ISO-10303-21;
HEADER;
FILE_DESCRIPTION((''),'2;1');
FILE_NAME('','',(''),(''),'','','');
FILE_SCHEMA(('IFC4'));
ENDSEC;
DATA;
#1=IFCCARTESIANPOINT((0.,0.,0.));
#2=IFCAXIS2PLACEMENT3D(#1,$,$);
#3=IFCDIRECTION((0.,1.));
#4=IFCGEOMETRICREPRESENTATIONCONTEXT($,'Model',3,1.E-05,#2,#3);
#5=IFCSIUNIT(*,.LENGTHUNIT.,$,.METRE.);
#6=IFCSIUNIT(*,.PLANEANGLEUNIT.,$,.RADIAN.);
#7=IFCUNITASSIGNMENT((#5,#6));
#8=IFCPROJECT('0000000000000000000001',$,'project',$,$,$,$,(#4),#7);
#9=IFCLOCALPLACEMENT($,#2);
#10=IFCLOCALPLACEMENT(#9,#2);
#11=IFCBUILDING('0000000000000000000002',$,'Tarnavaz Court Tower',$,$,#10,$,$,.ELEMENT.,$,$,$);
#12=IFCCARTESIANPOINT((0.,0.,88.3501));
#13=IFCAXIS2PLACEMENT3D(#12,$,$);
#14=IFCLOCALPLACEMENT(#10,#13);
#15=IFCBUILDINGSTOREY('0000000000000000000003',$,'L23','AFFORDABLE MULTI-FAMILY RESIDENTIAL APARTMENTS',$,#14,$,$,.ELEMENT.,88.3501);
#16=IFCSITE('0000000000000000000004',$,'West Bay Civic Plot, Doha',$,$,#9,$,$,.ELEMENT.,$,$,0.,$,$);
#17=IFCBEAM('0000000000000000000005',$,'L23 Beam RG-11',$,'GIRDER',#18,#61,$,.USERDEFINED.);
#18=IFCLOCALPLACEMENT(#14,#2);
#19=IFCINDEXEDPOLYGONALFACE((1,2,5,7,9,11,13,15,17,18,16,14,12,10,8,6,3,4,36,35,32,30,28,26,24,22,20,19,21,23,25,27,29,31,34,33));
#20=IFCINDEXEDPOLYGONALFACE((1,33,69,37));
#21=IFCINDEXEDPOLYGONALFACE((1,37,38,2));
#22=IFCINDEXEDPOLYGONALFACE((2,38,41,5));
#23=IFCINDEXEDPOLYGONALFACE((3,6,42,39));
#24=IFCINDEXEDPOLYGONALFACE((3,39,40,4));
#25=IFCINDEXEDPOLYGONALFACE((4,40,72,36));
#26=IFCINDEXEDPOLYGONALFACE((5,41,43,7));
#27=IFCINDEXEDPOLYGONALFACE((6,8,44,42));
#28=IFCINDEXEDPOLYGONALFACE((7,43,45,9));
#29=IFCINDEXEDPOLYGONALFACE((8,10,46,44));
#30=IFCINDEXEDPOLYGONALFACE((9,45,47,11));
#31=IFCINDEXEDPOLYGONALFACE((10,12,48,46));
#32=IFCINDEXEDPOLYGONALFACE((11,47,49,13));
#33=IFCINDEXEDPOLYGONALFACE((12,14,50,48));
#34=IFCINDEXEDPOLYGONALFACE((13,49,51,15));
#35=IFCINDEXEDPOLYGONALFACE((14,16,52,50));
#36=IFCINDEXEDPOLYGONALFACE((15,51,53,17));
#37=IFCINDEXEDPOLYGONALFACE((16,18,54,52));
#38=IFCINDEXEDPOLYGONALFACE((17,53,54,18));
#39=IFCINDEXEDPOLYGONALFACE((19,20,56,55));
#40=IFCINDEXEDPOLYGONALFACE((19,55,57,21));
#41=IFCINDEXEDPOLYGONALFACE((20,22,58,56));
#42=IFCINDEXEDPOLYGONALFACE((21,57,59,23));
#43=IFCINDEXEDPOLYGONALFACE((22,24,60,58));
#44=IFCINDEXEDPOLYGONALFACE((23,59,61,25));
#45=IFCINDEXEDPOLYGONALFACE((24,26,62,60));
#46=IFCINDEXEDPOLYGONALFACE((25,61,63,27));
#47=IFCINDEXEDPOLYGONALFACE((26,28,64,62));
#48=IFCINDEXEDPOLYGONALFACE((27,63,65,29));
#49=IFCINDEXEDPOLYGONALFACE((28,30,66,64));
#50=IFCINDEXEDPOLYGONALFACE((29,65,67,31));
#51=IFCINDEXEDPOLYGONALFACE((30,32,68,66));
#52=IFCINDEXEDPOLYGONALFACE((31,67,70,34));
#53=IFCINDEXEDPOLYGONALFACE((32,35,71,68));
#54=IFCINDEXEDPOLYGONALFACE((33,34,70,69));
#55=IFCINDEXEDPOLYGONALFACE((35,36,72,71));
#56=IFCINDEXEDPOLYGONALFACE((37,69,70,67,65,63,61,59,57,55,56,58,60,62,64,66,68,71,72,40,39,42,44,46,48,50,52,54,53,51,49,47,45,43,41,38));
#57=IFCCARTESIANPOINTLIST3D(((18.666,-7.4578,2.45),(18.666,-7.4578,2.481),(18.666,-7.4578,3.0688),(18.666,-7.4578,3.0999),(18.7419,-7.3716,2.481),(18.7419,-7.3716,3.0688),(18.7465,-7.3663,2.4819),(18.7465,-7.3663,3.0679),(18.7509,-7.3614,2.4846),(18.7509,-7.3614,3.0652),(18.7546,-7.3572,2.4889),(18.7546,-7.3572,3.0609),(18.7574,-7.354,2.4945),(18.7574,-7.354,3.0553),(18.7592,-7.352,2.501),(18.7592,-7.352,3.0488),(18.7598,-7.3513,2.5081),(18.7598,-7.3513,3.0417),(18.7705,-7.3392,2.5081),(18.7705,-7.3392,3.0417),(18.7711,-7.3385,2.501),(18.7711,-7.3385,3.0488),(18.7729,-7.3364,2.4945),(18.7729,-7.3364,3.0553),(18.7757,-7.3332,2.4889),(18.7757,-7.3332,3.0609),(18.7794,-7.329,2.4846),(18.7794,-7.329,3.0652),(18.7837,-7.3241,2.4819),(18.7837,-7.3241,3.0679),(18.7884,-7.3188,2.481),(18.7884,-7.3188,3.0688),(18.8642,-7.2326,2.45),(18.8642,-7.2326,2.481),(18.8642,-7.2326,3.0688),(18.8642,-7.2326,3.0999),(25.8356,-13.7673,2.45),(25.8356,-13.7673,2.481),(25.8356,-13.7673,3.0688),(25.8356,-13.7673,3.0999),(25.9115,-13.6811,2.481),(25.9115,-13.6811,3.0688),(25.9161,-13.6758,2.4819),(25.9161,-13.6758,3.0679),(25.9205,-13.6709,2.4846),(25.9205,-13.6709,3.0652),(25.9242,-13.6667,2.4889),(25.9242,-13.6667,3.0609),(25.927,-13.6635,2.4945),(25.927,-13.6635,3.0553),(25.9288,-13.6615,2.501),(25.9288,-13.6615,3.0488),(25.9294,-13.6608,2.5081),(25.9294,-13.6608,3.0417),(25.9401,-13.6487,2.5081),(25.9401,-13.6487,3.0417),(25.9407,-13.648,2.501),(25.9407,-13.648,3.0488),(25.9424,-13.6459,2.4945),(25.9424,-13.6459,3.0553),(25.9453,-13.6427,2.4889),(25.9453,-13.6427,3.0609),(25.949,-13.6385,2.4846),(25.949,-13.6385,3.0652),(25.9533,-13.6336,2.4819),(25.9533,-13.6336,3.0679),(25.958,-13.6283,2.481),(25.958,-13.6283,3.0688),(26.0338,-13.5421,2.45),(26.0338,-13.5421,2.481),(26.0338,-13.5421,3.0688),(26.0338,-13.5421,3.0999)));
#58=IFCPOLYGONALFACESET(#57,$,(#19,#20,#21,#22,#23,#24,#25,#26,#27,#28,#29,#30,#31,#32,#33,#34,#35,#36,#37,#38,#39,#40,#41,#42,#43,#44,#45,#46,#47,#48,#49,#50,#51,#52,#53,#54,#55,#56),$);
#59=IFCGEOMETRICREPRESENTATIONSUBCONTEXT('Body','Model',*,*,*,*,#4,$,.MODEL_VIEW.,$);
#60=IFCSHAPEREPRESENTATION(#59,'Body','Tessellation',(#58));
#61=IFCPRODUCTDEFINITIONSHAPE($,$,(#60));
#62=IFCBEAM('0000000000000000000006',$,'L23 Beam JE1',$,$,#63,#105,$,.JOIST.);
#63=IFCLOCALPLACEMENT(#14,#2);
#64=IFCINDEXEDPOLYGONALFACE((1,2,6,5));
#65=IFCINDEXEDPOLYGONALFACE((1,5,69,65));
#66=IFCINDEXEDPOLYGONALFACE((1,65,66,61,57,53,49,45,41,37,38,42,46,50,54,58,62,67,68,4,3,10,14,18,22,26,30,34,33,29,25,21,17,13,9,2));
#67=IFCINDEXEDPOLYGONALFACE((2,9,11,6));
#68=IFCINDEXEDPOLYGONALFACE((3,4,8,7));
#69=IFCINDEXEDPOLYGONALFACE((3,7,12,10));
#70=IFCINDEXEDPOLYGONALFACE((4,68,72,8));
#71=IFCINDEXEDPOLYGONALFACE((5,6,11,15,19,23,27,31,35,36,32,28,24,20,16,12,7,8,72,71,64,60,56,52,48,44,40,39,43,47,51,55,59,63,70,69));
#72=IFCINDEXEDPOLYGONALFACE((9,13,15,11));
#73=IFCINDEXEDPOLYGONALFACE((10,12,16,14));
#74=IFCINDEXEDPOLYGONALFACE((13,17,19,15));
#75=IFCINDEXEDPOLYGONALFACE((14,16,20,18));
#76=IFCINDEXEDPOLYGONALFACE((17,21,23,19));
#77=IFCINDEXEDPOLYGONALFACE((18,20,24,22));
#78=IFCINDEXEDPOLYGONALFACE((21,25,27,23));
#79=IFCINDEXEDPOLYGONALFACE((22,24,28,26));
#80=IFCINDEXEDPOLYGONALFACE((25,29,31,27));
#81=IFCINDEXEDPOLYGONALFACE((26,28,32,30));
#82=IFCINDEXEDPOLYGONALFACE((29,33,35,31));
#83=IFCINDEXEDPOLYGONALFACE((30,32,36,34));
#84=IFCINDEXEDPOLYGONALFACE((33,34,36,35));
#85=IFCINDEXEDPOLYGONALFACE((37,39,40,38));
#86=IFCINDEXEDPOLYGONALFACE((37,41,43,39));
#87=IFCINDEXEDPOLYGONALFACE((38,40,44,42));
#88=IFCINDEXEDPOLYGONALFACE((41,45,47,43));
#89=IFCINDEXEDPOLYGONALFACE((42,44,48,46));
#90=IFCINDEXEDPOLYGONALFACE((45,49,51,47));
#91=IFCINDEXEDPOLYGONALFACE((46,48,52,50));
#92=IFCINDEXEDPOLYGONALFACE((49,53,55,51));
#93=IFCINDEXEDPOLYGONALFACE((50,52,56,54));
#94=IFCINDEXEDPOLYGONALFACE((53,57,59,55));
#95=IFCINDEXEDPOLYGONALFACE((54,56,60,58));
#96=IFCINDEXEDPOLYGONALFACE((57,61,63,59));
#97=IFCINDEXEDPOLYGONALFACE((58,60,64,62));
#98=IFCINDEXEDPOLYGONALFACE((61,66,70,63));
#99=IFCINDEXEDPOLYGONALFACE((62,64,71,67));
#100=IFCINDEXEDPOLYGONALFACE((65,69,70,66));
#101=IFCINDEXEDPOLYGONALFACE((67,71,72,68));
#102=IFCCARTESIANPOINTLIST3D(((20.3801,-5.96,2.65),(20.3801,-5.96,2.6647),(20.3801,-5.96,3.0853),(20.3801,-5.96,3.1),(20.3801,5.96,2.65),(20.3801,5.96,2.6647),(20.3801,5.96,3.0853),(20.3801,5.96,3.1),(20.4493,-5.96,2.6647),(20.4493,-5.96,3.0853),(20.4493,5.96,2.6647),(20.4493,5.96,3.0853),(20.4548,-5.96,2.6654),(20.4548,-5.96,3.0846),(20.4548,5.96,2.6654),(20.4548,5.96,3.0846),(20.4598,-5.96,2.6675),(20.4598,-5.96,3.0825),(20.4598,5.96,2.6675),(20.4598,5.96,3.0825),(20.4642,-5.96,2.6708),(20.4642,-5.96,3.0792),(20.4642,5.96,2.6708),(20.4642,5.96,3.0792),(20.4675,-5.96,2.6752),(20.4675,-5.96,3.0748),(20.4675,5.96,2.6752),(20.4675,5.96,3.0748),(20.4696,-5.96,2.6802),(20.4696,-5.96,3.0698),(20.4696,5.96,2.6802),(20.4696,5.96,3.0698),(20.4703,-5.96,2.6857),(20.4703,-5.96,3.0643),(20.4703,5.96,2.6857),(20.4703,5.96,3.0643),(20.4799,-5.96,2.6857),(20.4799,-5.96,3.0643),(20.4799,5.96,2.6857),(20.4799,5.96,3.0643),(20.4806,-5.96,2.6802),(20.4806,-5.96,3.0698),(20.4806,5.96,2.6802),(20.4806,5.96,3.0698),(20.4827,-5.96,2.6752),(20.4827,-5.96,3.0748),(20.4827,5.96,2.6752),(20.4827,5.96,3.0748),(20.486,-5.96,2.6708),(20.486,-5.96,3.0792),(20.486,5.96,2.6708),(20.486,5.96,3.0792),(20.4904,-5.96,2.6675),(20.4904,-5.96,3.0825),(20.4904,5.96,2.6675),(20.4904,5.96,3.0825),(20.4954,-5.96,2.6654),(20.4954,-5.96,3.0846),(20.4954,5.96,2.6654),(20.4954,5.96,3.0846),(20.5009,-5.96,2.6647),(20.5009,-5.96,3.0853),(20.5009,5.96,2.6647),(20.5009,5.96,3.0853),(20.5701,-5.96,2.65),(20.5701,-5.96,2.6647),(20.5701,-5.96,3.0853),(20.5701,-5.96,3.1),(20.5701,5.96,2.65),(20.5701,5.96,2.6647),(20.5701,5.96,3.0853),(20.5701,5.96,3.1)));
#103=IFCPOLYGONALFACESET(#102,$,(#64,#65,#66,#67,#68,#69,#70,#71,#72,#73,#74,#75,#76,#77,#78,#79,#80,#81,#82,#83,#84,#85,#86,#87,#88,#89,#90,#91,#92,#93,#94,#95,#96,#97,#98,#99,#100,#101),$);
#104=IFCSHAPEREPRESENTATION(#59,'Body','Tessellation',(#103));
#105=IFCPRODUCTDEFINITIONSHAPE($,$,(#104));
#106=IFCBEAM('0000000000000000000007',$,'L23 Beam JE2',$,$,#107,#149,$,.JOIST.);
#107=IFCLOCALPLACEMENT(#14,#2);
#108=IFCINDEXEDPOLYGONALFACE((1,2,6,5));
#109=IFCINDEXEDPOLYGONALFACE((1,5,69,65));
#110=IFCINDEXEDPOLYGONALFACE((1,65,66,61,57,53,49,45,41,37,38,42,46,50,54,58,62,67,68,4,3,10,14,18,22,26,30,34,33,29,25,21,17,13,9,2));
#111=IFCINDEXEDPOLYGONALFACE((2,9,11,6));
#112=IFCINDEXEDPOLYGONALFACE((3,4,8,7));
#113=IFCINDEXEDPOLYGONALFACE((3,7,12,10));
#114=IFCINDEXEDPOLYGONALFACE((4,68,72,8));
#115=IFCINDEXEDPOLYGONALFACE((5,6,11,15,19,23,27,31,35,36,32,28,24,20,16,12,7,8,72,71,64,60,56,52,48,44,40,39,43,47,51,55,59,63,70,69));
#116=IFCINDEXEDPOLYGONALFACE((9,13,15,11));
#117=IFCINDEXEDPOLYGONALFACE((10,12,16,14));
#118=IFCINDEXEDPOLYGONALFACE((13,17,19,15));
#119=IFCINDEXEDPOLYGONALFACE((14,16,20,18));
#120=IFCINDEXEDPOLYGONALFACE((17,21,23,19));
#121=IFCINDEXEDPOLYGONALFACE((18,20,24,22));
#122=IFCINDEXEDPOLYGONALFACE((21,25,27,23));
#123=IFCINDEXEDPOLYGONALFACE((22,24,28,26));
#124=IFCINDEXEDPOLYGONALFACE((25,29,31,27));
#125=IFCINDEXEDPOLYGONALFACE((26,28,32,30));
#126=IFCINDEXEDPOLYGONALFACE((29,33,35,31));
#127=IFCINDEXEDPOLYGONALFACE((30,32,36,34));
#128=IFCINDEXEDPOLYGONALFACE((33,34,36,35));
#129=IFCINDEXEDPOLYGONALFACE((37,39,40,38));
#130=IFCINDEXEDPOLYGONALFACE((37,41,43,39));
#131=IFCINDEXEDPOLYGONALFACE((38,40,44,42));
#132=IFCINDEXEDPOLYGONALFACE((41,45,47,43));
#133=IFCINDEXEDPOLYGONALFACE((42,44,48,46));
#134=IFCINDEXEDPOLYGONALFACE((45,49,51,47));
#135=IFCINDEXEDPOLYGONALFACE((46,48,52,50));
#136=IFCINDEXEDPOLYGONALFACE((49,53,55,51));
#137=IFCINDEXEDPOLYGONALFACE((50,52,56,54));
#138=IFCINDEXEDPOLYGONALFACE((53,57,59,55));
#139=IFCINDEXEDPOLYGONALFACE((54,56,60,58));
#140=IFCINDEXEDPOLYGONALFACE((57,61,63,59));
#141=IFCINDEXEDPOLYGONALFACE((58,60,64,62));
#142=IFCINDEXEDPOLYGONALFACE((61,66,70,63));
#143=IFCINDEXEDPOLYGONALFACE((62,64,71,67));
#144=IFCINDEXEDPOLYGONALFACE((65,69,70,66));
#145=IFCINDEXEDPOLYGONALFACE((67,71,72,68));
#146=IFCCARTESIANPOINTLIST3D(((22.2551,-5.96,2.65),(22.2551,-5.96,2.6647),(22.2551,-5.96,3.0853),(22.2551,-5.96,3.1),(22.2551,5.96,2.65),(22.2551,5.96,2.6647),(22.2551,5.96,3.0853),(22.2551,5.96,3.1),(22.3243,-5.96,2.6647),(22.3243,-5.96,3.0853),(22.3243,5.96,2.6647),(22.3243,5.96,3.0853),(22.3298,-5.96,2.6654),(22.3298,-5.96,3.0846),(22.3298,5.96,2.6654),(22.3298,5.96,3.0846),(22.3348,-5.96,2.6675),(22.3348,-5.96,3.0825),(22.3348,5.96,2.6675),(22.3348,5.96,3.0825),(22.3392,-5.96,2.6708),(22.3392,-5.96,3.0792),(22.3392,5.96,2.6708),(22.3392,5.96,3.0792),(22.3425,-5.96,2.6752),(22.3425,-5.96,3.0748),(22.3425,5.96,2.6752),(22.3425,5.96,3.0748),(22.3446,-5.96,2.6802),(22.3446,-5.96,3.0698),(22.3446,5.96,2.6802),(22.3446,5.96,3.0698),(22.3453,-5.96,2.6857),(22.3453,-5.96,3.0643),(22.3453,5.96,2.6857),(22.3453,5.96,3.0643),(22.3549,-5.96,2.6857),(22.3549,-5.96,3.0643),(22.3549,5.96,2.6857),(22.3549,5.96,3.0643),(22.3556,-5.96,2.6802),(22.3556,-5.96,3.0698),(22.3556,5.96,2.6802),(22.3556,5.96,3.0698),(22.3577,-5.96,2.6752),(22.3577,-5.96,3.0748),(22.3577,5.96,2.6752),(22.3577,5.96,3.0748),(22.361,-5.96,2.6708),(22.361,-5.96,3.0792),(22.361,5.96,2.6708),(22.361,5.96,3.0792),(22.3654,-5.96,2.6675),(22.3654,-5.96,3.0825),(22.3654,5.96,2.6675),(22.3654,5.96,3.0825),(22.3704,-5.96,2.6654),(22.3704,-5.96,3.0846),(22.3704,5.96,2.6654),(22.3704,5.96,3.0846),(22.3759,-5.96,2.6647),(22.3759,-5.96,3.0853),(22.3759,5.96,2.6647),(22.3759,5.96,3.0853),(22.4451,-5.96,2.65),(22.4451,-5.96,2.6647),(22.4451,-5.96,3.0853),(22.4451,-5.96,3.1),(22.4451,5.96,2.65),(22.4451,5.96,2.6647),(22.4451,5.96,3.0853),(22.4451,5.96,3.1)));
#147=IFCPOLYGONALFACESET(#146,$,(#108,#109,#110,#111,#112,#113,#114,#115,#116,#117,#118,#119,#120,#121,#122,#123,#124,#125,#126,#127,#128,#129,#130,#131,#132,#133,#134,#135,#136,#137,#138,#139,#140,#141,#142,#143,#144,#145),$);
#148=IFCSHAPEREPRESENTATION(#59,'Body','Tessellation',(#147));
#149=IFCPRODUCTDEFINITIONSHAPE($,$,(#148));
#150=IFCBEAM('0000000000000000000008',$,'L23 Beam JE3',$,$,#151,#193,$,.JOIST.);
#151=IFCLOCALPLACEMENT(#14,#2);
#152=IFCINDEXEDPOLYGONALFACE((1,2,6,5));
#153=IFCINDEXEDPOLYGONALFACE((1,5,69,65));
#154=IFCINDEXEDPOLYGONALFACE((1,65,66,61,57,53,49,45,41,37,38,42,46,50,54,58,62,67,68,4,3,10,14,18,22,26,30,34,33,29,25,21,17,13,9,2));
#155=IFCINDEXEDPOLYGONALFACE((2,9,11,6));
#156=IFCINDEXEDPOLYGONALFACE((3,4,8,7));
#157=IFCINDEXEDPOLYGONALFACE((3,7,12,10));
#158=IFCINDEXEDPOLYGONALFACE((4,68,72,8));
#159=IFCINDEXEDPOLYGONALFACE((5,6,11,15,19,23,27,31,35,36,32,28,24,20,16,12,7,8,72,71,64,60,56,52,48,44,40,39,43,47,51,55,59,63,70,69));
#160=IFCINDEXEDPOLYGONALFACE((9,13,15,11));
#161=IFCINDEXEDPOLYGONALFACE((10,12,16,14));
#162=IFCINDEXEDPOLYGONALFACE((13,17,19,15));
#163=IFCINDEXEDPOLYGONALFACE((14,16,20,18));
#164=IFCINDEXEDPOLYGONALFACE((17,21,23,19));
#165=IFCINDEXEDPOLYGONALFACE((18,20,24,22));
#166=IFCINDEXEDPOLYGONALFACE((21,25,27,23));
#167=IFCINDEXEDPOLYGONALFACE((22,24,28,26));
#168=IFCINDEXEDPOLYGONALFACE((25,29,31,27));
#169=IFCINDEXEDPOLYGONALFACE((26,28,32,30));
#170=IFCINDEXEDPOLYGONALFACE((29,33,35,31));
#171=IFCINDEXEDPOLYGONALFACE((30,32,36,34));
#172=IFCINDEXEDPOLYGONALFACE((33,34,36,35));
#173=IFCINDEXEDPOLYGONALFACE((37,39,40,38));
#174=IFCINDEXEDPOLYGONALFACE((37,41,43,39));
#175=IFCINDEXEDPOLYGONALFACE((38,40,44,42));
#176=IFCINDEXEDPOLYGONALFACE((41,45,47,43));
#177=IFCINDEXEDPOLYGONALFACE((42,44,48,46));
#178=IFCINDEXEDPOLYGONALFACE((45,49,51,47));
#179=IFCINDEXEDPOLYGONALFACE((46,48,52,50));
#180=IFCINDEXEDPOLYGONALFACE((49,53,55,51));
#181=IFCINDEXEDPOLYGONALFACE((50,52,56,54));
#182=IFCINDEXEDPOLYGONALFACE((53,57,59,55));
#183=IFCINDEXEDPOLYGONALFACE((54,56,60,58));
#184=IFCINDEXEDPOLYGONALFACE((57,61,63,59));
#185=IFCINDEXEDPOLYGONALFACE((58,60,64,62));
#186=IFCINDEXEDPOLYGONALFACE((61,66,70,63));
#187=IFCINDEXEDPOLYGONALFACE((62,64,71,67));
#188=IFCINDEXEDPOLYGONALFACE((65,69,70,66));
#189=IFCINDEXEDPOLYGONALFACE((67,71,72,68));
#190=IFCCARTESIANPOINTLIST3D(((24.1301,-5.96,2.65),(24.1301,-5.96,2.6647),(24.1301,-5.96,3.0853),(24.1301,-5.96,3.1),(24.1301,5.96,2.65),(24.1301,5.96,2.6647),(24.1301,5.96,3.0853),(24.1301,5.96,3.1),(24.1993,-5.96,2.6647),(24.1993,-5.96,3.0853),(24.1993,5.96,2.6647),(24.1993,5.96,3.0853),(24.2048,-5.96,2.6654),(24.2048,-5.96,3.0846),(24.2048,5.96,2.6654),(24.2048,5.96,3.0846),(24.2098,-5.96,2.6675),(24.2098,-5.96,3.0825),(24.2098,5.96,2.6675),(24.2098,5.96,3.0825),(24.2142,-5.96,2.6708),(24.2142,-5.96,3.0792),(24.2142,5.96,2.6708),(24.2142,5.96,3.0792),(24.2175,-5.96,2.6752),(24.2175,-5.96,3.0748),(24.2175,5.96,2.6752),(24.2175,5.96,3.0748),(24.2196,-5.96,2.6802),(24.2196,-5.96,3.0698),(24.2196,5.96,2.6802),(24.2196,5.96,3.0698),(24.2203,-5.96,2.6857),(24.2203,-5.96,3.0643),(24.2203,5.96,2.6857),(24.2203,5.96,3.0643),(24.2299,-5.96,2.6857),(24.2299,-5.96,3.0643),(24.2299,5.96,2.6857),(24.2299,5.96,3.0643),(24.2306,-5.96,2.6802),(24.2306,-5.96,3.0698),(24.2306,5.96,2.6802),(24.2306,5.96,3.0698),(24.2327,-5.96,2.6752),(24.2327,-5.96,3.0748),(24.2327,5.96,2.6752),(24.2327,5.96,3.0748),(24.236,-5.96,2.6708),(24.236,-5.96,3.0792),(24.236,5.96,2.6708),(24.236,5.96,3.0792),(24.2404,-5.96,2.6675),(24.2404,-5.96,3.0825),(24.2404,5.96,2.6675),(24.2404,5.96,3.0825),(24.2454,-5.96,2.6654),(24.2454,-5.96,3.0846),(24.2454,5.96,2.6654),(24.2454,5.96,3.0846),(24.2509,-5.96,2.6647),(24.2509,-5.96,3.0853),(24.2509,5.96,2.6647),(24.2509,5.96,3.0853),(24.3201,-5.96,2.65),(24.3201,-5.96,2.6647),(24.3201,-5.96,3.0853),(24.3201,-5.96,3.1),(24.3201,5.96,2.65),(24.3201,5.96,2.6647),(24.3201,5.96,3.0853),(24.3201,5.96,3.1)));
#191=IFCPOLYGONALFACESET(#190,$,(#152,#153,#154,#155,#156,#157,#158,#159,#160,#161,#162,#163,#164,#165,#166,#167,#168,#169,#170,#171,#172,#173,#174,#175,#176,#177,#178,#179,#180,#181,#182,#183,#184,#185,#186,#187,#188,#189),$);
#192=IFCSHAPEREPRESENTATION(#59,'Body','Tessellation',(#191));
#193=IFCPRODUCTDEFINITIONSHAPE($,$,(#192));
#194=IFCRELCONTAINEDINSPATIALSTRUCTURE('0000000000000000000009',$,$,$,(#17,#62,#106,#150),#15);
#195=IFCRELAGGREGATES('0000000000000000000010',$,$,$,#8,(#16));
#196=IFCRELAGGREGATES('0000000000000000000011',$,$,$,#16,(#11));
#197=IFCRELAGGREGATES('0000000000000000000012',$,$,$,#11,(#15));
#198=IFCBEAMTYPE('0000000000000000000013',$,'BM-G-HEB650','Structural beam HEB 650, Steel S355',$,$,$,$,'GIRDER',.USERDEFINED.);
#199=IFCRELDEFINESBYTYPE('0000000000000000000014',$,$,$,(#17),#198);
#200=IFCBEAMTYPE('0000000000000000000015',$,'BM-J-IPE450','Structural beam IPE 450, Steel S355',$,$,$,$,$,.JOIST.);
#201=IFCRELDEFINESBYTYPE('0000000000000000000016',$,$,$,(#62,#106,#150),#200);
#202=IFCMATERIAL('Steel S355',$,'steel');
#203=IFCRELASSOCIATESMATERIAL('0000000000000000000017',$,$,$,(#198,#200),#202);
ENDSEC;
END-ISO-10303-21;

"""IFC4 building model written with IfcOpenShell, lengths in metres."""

from ifc_helpers import new_model, si_unit, direction, frame, origin, origin_2d, place, context, subcontext, project, spatial, i_section, extrude, material, material_profile, profile_set, type_object, element, save


model = new_model("IFC4")

# Units and contexts
model_context = context("Model", 3, precision=1e-05, world=origin(), true_north=direction((0.0, 1.0)))
body_context = subcontext(model_context, "Body", "Model", "MODEL_VIEW")
ifc_project = project(units=[si_unit("LENGTHUNIT", "METRE"), si_unit("PLANEANGLEUNIT", "RADIAN")], contexts=[model_context])

# Site, building, storey
site_placement = place(None, origin())
site = spatial("IfcSite", under=ifc_project, at=site_placement, Name="West Bay Civic Plot, Doha", CompositionType="ELEMENT", RefElevation=0.0)
building_placement = place(site_placement, origin())
building = spatial("IfcBuilding", under=site, at=building_placement, Name="Tarnavaz Court Tower", CompositionType="ELEMENT")
storey_placement = place(building_placement, frame((0.0, 0.0, 88.3501)))
storey = spatial("IfcBuildingStorey", under=building, at=storey_placement, Name="L23", Description="AFFORDABLE MULTI-FAMILY RESIDENTIAL APARTMENTS", CompositionType="ELEMENT", Elevation=88.3501)

# Beams
ifc_material_1 = material(Name="Steel S355", Category="steel")
ifc_material_profile_1 = material_profile(ifc_material_1, i_section(OverallWidth=0.3, OverallDepth=0.6499, WebThickness=0.0161, FlangeThickness=0.031, FilletRadius=0.0271, at=origin_2d()), Name="HEB 650")
ifc_profile_set_1 = profile_set([ifc_material_profile_1], Name="Steel S355")
beam_type_1 = type_object("IfcBeamType", Name="BM-G-HEB650", Description="Structural beam HEB 650, Steel S355", ElementType="GIRDER", PredefinedType="USERDEFINED", material=ifc_profile_set_1)
beam_1_placement = place(storey_placement, frame((18.7651, -7.3452, 2.7749), z_axis=(0.7507, -0.660643, 0.0), x_axis=(0.660643, 0.7507, 0.0)))
element("IfcBeam", 1, at=beam_1_placement, inside=storey, type_object=beam_type_1, Name="L23 Beam RG-11", ObjectType="GIRDER", PredefinedType="USERDEFINED", context=body_context, shape_type="SweptSolid", body=[
    extrude(i_section(OverallWidth=0.3, OverallDepth=0.6499, WebThickness=0.0161, FlangeThickness=0.031, FilletRadius=0.0271, at=origin_2d()), origin(), (0.0, 0.0, 1.0), 9.5505),
])
ifc_material_profile_2 = material_profile(ifc_material_1, i_section(OverallWidth=0.1899, OverallDepth=0.45, WebThickness=0.0095, FlangeThickness=0.0146, FilletRadius=0.021, at=origin_2d()), Name="IPE 450")
ifc_profile_set_2 = profile_set([ifc_material_profile_2], Name="Steel S355")
beam_type_2 = type_object("IfcBeamType", Name="BM-J-IPE450", Description="Structural beam IPE 450, Steel S355", PredefinedType="JOIST", material=ifc_profile_set_2)
for number, where, z_axis, x_axis, name in (
    (2, (20.4751, -5.96, 2.875), (0.0, 1.0, 0.0), (-1.0, 0.0, 0.0), "L23 Beam JE1"),
    (3, (22.3501, -5.96, 2.875), (0.0, 1.0, 0.0), (-1.0, 0.0, 0.0), "L23 Beam JE2"),
    (4, (24.2251, -5.96, 2.875), (0.0, 1.0, 0.0), (-1.0, 0.0, 0.0), "L23 Beam JE3"),
):
    element("IfcBeam", number, at=place(storey_placement, frame(where, z_axis=z_axis, x_axis=x_axis)), inside=storey, type_object=beam_type_2, Name=name, PredefinedType="JOIST", context=body_context, shape_type="SweptSolid", body=[
        extrude(i_section(OverallWidth=0.1899, OverallDepth=0.45, WebThickness=0.0095, FlangeThickness=0.0146, FilletRadius=0.021, at=origin_2d()), origin(), (0.0, 0.0, 1.0), 11.9199),
    ])

save(model, "model.ifc")
